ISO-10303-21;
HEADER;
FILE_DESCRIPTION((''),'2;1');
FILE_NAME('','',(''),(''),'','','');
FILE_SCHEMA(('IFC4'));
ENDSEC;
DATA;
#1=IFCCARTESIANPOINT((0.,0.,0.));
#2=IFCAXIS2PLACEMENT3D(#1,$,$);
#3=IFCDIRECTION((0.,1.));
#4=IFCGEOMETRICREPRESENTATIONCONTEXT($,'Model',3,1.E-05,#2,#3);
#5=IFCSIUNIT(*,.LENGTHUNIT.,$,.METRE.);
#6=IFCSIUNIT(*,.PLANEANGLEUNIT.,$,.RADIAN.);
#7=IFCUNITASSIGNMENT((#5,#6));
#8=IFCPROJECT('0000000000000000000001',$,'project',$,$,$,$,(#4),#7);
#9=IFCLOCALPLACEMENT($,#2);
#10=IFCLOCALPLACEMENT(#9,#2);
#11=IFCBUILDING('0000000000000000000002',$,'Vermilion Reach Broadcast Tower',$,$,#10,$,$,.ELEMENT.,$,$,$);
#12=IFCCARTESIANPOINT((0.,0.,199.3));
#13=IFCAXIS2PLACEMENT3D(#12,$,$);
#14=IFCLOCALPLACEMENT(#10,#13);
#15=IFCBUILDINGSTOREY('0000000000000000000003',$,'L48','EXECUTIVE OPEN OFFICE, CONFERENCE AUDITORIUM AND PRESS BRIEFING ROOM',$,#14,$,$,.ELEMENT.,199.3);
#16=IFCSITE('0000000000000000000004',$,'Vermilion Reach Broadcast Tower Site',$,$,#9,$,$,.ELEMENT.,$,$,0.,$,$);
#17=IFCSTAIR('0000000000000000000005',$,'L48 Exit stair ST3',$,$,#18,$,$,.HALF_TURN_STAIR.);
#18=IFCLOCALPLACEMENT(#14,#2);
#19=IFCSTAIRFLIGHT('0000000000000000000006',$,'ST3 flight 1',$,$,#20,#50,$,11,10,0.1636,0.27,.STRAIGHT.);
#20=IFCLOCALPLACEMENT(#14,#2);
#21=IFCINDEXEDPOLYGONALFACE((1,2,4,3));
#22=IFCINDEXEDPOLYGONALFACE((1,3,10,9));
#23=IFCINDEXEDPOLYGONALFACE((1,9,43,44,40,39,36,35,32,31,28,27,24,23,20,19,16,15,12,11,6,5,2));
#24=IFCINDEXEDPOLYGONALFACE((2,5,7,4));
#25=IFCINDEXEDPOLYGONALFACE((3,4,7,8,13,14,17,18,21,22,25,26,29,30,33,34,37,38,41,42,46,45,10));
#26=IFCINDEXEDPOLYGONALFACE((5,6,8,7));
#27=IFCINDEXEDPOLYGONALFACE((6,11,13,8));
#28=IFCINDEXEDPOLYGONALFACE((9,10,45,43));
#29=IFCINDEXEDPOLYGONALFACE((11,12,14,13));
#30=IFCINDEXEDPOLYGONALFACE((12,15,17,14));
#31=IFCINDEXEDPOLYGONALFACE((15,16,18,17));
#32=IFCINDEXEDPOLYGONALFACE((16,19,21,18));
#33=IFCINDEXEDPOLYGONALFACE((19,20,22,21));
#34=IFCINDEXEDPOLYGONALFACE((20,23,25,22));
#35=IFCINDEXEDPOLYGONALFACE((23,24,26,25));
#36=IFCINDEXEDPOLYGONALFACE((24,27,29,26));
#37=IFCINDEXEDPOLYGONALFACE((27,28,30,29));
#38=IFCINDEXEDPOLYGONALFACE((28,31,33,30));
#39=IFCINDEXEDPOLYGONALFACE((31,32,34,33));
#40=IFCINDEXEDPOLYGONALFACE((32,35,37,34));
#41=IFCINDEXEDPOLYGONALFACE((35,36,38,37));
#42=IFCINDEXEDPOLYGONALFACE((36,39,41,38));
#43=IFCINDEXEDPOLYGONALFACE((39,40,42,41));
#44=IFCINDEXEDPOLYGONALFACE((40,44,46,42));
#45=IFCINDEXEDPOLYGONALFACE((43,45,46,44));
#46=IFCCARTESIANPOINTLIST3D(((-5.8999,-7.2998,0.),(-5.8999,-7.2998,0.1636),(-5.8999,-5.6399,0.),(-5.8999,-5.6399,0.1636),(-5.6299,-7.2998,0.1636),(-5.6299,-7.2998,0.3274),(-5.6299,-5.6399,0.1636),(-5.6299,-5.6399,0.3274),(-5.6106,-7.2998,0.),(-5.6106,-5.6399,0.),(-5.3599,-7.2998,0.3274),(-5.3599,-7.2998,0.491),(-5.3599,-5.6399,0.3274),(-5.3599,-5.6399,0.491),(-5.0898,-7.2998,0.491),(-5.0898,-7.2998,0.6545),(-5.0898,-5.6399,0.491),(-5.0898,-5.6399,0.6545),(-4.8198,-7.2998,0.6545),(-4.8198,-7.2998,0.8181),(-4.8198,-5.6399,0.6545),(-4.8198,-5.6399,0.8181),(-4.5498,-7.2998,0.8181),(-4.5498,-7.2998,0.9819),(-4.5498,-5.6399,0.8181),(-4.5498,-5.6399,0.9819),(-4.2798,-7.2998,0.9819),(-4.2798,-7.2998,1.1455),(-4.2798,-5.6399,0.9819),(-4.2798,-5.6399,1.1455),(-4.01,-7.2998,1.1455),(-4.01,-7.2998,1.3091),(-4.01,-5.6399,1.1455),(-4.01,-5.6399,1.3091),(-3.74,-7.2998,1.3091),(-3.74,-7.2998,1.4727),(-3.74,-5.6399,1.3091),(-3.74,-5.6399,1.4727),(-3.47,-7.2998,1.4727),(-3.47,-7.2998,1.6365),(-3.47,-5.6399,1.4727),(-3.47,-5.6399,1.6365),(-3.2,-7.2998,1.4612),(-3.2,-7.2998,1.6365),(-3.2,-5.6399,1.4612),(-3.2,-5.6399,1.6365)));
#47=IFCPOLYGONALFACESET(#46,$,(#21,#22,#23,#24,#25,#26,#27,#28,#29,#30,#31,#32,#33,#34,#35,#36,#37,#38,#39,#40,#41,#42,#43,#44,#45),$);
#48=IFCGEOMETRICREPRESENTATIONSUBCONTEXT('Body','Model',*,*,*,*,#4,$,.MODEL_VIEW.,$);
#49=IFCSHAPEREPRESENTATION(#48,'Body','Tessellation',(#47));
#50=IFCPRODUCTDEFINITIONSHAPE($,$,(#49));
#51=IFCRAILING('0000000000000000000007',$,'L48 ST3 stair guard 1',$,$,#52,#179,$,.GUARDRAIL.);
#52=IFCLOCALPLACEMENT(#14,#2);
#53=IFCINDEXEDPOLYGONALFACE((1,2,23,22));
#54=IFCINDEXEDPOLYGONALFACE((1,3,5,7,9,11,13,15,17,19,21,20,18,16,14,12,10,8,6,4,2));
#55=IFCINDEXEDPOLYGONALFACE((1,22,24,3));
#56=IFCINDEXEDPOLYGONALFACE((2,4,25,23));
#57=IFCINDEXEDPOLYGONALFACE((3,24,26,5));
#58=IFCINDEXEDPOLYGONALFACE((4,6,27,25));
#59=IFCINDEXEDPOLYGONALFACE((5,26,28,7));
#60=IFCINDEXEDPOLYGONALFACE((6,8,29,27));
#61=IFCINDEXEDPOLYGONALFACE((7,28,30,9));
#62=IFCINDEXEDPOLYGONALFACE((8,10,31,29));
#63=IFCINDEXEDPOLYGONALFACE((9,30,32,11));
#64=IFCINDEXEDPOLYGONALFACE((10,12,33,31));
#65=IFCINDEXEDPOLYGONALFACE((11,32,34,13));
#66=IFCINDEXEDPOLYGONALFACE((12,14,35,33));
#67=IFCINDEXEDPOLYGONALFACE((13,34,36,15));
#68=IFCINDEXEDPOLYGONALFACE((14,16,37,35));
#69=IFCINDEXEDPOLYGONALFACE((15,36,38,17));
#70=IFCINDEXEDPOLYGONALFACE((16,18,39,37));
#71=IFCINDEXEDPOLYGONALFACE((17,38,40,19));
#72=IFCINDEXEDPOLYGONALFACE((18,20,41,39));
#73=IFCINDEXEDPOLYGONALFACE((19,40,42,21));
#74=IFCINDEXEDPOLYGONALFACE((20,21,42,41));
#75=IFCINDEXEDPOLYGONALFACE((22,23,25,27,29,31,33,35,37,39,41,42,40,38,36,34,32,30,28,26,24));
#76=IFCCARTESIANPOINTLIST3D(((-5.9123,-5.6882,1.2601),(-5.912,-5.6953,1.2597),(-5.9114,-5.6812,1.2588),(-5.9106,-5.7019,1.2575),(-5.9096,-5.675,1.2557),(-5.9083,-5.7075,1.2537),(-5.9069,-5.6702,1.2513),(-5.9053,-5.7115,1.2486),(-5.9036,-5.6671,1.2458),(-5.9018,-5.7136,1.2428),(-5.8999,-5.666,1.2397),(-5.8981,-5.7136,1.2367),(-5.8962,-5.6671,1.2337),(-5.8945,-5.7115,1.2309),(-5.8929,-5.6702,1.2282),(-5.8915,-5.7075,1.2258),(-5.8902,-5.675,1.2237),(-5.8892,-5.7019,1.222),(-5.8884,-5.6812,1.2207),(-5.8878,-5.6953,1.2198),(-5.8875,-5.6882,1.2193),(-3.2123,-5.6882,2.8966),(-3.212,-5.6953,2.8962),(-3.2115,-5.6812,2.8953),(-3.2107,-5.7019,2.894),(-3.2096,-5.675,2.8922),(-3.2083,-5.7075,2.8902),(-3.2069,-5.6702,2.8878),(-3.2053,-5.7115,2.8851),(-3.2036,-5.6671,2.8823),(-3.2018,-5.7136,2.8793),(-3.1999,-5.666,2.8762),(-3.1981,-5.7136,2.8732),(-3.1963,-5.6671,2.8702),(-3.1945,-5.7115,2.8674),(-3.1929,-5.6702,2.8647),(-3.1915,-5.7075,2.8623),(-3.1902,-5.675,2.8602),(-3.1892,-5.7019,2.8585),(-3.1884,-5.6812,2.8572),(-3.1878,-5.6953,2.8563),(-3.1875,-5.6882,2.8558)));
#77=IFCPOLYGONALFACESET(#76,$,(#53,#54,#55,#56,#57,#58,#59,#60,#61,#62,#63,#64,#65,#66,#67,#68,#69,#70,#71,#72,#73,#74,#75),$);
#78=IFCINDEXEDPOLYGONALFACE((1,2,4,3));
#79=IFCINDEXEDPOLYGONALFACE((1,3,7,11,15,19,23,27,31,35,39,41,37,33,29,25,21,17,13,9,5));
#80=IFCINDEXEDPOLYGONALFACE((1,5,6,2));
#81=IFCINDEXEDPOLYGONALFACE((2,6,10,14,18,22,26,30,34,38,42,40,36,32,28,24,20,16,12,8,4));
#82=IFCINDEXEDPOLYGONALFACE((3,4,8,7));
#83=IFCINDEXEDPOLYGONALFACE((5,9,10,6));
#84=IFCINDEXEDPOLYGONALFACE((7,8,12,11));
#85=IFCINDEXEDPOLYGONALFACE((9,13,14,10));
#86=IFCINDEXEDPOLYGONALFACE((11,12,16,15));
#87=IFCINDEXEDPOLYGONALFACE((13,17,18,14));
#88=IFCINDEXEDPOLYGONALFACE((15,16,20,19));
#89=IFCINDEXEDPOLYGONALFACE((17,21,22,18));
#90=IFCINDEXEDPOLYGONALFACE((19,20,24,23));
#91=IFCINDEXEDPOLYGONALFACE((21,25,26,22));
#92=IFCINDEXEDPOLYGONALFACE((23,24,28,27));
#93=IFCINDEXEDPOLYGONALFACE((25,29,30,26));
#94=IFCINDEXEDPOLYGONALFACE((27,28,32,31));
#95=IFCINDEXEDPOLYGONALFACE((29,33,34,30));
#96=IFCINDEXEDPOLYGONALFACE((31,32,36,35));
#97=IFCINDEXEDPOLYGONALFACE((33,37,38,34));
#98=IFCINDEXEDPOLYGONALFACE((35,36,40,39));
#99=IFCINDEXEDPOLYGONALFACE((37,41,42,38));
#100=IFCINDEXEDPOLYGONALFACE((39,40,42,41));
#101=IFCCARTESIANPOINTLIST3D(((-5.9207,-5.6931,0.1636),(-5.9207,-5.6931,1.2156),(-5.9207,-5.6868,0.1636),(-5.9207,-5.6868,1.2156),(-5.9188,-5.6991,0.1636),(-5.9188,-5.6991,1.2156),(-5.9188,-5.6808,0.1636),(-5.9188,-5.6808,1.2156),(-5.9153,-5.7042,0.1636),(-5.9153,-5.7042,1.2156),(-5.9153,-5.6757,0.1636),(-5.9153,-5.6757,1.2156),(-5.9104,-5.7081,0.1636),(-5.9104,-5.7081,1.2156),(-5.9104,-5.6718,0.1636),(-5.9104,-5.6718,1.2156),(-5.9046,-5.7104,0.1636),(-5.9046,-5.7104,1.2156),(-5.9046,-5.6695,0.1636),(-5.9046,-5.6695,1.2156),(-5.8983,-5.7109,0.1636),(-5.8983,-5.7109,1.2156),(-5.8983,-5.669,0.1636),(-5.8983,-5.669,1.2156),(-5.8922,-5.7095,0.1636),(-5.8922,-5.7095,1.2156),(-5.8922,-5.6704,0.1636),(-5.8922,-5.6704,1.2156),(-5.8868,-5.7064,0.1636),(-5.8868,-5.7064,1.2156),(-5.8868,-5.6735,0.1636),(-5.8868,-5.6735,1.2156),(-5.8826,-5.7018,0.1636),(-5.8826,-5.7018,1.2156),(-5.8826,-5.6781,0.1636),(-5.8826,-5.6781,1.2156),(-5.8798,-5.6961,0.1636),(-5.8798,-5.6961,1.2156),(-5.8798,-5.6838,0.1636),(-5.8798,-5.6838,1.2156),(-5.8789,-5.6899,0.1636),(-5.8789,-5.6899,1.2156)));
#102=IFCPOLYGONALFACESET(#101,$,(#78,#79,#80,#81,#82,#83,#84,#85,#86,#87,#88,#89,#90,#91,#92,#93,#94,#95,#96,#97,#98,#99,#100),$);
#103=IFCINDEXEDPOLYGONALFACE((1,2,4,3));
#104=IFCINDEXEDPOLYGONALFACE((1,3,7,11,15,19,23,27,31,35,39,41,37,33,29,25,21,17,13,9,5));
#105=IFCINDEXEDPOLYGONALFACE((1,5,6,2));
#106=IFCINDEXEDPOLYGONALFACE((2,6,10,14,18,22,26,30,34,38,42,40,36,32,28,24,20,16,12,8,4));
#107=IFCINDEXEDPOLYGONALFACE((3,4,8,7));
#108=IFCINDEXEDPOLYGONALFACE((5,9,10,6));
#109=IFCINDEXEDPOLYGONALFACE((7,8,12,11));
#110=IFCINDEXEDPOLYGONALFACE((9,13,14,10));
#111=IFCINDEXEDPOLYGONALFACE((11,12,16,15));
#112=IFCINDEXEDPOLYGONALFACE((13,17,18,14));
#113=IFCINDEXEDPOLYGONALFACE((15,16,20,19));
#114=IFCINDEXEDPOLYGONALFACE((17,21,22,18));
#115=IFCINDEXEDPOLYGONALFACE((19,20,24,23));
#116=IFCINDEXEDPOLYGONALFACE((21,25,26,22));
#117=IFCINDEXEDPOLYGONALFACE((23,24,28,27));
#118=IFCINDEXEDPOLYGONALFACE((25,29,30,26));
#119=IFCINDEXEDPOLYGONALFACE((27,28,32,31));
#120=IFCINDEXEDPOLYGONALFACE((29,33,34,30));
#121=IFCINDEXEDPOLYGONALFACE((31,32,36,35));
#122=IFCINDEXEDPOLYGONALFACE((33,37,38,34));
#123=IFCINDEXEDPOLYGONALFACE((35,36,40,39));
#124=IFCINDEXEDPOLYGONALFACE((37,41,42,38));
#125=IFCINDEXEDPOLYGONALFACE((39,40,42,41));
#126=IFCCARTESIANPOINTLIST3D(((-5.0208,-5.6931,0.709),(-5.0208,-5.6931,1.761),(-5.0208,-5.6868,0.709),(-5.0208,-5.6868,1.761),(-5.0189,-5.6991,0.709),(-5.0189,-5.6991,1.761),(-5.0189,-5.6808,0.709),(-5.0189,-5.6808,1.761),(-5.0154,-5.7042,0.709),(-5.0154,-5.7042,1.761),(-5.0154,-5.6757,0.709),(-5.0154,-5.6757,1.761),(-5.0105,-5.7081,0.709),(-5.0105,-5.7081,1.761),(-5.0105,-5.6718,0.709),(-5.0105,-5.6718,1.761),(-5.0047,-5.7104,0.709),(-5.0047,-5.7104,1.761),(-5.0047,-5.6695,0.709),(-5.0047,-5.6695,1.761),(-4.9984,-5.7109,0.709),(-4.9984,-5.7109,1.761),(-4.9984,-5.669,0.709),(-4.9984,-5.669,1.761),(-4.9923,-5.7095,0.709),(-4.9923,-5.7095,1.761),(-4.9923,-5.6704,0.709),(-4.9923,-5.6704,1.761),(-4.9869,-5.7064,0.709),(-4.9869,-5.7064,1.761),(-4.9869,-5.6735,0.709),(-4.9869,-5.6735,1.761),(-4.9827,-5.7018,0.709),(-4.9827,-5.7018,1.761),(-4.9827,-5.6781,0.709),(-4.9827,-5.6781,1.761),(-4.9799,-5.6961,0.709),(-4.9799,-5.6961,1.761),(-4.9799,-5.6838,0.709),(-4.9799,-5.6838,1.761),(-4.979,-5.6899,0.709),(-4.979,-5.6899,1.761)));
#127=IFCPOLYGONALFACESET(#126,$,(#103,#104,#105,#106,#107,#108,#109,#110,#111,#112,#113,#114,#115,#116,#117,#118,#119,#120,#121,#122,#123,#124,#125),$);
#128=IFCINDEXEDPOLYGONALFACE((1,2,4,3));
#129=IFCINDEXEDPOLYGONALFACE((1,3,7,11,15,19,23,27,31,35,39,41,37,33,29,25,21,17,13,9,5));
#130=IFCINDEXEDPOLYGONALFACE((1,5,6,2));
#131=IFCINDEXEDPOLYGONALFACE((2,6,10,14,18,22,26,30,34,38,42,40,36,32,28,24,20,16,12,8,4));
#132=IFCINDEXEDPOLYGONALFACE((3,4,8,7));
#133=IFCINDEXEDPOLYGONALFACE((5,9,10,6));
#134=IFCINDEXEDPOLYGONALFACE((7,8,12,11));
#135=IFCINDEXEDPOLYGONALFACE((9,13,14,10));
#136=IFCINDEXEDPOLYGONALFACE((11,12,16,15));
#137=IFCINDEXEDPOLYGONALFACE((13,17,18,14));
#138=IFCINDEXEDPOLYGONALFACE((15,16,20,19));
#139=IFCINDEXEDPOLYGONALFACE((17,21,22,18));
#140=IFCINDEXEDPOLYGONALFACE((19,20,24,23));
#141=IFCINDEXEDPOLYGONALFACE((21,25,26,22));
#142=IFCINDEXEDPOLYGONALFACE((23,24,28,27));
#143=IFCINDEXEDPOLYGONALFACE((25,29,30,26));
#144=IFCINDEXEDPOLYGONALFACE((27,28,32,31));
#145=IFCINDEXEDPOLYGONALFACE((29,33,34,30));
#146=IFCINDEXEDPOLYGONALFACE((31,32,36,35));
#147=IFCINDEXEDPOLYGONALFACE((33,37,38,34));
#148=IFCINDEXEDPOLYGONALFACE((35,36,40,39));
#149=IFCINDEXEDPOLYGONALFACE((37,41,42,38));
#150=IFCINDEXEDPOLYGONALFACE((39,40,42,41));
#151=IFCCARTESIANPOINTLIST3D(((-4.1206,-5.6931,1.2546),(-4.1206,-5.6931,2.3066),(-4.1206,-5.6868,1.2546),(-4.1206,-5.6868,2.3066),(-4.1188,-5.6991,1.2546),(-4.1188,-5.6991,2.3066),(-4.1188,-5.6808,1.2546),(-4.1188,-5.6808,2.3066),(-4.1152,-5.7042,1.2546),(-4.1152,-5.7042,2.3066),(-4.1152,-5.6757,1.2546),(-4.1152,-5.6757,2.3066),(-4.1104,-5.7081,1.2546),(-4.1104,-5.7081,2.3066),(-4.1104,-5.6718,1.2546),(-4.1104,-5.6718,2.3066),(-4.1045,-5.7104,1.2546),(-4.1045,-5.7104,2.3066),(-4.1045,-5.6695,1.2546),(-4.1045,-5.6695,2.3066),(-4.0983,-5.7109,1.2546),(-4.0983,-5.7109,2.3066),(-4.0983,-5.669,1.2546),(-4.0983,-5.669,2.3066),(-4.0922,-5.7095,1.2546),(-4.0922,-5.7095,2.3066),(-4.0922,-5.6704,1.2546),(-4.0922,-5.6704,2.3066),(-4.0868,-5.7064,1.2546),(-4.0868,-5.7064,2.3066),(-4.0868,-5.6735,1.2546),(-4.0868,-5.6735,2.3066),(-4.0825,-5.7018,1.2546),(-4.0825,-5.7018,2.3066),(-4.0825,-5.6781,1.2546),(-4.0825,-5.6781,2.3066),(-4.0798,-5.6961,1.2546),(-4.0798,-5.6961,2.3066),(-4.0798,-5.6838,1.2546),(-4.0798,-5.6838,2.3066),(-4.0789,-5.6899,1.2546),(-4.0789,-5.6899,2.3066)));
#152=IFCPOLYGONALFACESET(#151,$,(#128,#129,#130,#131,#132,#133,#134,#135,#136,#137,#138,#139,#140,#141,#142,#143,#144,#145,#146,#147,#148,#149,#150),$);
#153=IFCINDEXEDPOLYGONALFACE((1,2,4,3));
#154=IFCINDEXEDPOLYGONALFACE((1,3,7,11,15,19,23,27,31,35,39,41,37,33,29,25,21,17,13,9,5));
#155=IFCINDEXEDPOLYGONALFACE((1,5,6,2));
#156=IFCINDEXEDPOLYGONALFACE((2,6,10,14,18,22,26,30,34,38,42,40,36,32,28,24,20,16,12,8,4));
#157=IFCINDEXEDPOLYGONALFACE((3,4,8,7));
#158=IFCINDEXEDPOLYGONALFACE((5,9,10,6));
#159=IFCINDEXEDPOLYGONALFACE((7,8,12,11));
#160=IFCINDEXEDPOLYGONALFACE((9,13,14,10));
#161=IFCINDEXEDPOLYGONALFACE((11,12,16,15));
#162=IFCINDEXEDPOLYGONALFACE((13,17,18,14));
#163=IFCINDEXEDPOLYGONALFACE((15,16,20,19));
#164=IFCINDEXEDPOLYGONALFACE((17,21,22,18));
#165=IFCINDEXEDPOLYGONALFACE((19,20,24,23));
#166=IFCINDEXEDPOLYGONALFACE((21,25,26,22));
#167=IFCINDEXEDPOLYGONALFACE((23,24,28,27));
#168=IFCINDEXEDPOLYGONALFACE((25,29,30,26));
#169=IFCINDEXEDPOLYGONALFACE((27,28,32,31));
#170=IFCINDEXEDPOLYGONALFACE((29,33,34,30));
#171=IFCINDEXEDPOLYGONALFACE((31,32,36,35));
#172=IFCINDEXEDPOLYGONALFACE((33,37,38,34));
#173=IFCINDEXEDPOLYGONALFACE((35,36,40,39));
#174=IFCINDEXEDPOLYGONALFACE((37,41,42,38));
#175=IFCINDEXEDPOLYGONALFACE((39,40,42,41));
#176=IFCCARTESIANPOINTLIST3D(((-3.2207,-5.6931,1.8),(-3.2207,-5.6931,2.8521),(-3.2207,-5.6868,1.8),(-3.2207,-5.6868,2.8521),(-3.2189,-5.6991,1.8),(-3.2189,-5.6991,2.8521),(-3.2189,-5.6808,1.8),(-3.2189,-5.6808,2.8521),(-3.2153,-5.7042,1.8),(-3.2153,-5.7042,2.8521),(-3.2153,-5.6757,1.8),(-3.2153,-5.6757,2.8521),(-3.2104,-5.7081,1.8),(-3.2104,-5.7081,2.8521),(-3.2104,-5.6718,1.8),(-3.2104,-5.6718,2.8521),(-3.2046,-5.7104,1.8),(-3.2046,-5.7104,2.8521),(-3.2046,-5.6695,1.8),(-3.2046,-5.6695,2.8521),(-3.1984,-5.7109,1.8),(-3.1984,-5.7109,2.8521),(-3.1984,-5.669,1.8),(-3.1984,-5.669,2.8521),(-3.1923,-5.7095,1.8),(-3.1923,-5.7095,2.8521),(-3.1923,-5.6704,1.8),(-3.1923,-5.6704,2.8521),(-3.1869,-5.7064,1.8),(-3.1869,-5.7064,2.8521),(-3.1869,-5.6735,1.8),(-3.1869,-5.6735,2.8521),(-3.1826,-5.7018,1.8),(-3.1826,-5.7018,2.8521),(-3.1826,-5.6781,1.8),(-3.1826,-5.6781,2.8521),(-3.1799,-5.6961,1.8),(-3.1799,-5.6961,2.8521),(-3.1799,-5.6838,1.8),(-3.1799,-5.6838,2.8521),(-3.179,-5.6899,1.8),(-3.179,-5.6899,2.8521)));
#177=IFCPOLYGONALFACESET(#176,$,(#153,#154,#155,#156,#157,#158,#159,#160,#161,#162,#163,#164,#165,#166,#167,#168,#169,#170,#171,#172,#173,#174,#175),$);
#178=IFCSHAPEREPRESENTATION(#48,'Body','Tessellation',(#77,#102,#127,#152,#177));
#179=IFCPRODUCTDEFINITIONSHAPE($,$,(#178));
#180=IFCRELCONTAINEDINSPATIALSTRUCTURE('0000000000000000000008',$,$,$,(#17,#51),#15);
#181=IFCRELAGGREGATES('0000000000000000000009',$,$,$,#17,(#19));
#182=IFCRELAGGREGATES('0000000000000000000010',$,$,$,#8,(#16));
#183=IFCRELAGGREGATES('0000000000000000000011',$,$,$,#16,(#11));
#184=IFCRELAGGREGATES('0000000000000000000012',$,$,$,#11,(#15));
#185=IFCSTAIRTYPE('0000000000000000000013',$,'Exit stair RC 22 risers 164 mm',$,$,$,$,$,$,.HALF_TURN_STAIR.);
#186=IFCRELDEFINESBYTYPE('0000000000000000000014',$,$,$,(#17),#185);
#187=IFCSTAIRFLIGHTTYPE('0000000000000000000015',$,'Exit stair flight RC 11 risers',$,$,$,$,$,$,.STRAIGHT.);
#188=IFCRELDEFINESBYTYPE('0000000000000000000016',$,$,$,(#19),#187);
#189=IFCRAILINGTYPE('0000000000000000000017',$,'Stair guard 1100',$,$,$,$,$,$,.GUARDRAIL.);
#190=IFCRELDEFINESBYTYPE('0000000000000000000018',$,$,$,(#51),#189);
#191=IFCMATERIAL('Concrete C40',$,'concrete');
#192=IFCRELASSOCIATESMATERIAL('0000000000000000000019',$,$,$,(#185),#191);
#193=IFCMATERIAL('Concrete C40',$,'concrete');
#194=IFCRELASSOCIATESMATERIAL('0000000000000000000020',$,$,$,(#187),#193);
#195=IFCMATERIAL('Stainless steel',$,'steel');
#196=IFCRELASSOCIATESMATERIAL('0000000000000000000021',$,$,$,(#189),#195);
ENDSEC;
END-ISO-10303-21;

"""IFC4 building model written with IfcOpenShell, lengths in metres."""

from ifc_helpers import new_model, si_unit, direction, frame, origin, origin_2d, place, context, subcontext, project, spatial, polyline, circle, outline, extrude, material, type_object, element, aggregate, save


model = new_model("IFC4")

# Units and contexts
model_context = context("Model", 3, precision=1e-05, world=origin(), true_north=direction((0.0, 1.0)))
body_context = subcontext(model_context, "Body", "Model", "MODEL_VIEW")
ifc_project = project(units=[si_unit("LENGTHUNIT", "METRE"), si_unit("PLANEANGLEUNIT", "RADIAN")], contexts=[model_context])

# Site, building, storey
site_placement = place(None, origin())
site = spatial("IfcSite", under=ifc_project, at=site_placement, Name="Vermilion Reach Broadcast Tower Site", CompositionType="ELEMENT", RefElevation=0.0)
building_placement = place(site_placement, origin())
building = spatial("IfcBuilding", under=site, at=building_placement, Name="Vermilion Reach Broadcast Tower", CompositionType="ELEMENT")
storey_placement = place(building_placement, frame((0.0, 0.0, 199.3)))
storey = spatial("IfcBuildingStorey", under=building, at=storey_placement, Name="L48", Description="EXECUTIVE OPEN OFFICE, CONFERENCE AUDITORIUM AND PRESS BRIEFING ROOM", CompositionType="ELEMENT", Elevation=199.3)

# Stair, stair flight
ifc_material_1 = material(Name="Concrete C40", Category="concrete")
stair_type = type_object("IfcStairType", Name="Exit stair RC 22 risers 164 mm", PredefinedType="HALF_TURN_STAIR", material=ifc_material_1)
stair_placement = place(storey_placement, origin())
stair = element("IfcStair", 1, at=stair_placement, inside=storey, type_object=stair_type, Name="L48 Exit stair ST3", PredefinedType="HALF_TURN_STAIR")
ifc_material_2 = material(Name="Concrete C40", Category="concrete")
stair_flight_type = type_object("IfcStairFlightType", Name="Exit stair flight RC 11 risers", PredefinedType="STRAIGHT", material=ifc_material_2)
stair_flight_placement = place(storey_placement, frame((-5.8999, -6.47, 0.0), z_axis=(0.0, 0.0, 1.0), x_axis=(1.0, 0.0, 0.0)))
stair_flight = element("IfcStairFlight", 2, at=stair_flight_placement, type_object=stair_flight_type, Name="ST3 flight 1", NumberOfRisers=11, NumberOfTreads=10, PredefinedType="STRAIGHT", RiserHeight=0.1636, TreadLength=0.27, context=body_context, shape_type="SweptSolid", body=[
    extrude(outline(polyline([(0.0, 0.0), (0.0, 0.1636), (0.27, 0.1636), (0.27, 0.3274), (0.54, 0.3274), (0.54, 0.491), (0.8101, 0.491), (0.8101, 0.6545), (1.0801, 0.6545), (1.0801, 0.8181), (1.3501, 0.8181), (1.3501, 0.9819), (1.6201, 0.9819), (1.6201, 1.1455), (1.8899, 1.1455), (1.8899, 1.3091), (2.1599, 1.3091), (2.1599, 1.4727), (2.4299, 1.4727), (2.4299, 1.6365), (2.7, 1.6365), (2.7, 1.8), (2.7, 1.4612), (0.2893, 0.0), (0.0, 0.0)])), frame((0.0, 0.8301, 0.0), z_axis=(0.0, -1.0, 0.0), x_axis=(1.0, 0.0, 0.0)), (0.0, 0.0, 1.0), 1.6599),
])
aggregate(stair, [stair_flight])

# Railing
ifc_material_3 = material(Name="Stainless steel", Category="steel")
railing_type = type_object("IfcRailingType", Name="Stair guard 1100", PredefinedType="GUARDRAIL", material=ifc_material_3)
railing_1_placement = place(storey_placement, frame((-5.8999, -5.6899, 0.1636)))
element("IfcRailing", 3, at=railing_1_placement, inside=storey, type_object=railing_type, Name="L48 ST3 stair guard 1", PredefinedType="GUARDRAIL", context=body_context, shape_type="SweptSolid", body=[
    extrude(circle(Radius=0.0239, at=origin_2d()), frame((0.0, 0.0, 1.0762), z_axis=(0.855178, 0.0, 0.518334), x_axis=(0.0, 1.0, 0.0)), (0.0, 0.0, 1.0), 3.1572),
    extrude(circle(Radius=0.021, at=origin_2d()), origin(), (0.0, 0.0, 1.0), 1.052),
    extrude(circle(Radius=0.021, at=origin_2d()), frame((0.8999, 0.0, 0.5454)), (0.0, 0.0, 1.0), 1.052),
    extrude(circle(Radius=0.021, at=origin_2d()), frame((1.8, 0.0, 1.0911)), (0.0, 0.0, 1.0), 1.052),
    extrude(circle(Radius=0.021, at=origin_2d()), frame((2.7, 0.0, 1.6365)), (0.0, 0.0, 1.0), 1.052),
])

save(model, "model.ifc")
